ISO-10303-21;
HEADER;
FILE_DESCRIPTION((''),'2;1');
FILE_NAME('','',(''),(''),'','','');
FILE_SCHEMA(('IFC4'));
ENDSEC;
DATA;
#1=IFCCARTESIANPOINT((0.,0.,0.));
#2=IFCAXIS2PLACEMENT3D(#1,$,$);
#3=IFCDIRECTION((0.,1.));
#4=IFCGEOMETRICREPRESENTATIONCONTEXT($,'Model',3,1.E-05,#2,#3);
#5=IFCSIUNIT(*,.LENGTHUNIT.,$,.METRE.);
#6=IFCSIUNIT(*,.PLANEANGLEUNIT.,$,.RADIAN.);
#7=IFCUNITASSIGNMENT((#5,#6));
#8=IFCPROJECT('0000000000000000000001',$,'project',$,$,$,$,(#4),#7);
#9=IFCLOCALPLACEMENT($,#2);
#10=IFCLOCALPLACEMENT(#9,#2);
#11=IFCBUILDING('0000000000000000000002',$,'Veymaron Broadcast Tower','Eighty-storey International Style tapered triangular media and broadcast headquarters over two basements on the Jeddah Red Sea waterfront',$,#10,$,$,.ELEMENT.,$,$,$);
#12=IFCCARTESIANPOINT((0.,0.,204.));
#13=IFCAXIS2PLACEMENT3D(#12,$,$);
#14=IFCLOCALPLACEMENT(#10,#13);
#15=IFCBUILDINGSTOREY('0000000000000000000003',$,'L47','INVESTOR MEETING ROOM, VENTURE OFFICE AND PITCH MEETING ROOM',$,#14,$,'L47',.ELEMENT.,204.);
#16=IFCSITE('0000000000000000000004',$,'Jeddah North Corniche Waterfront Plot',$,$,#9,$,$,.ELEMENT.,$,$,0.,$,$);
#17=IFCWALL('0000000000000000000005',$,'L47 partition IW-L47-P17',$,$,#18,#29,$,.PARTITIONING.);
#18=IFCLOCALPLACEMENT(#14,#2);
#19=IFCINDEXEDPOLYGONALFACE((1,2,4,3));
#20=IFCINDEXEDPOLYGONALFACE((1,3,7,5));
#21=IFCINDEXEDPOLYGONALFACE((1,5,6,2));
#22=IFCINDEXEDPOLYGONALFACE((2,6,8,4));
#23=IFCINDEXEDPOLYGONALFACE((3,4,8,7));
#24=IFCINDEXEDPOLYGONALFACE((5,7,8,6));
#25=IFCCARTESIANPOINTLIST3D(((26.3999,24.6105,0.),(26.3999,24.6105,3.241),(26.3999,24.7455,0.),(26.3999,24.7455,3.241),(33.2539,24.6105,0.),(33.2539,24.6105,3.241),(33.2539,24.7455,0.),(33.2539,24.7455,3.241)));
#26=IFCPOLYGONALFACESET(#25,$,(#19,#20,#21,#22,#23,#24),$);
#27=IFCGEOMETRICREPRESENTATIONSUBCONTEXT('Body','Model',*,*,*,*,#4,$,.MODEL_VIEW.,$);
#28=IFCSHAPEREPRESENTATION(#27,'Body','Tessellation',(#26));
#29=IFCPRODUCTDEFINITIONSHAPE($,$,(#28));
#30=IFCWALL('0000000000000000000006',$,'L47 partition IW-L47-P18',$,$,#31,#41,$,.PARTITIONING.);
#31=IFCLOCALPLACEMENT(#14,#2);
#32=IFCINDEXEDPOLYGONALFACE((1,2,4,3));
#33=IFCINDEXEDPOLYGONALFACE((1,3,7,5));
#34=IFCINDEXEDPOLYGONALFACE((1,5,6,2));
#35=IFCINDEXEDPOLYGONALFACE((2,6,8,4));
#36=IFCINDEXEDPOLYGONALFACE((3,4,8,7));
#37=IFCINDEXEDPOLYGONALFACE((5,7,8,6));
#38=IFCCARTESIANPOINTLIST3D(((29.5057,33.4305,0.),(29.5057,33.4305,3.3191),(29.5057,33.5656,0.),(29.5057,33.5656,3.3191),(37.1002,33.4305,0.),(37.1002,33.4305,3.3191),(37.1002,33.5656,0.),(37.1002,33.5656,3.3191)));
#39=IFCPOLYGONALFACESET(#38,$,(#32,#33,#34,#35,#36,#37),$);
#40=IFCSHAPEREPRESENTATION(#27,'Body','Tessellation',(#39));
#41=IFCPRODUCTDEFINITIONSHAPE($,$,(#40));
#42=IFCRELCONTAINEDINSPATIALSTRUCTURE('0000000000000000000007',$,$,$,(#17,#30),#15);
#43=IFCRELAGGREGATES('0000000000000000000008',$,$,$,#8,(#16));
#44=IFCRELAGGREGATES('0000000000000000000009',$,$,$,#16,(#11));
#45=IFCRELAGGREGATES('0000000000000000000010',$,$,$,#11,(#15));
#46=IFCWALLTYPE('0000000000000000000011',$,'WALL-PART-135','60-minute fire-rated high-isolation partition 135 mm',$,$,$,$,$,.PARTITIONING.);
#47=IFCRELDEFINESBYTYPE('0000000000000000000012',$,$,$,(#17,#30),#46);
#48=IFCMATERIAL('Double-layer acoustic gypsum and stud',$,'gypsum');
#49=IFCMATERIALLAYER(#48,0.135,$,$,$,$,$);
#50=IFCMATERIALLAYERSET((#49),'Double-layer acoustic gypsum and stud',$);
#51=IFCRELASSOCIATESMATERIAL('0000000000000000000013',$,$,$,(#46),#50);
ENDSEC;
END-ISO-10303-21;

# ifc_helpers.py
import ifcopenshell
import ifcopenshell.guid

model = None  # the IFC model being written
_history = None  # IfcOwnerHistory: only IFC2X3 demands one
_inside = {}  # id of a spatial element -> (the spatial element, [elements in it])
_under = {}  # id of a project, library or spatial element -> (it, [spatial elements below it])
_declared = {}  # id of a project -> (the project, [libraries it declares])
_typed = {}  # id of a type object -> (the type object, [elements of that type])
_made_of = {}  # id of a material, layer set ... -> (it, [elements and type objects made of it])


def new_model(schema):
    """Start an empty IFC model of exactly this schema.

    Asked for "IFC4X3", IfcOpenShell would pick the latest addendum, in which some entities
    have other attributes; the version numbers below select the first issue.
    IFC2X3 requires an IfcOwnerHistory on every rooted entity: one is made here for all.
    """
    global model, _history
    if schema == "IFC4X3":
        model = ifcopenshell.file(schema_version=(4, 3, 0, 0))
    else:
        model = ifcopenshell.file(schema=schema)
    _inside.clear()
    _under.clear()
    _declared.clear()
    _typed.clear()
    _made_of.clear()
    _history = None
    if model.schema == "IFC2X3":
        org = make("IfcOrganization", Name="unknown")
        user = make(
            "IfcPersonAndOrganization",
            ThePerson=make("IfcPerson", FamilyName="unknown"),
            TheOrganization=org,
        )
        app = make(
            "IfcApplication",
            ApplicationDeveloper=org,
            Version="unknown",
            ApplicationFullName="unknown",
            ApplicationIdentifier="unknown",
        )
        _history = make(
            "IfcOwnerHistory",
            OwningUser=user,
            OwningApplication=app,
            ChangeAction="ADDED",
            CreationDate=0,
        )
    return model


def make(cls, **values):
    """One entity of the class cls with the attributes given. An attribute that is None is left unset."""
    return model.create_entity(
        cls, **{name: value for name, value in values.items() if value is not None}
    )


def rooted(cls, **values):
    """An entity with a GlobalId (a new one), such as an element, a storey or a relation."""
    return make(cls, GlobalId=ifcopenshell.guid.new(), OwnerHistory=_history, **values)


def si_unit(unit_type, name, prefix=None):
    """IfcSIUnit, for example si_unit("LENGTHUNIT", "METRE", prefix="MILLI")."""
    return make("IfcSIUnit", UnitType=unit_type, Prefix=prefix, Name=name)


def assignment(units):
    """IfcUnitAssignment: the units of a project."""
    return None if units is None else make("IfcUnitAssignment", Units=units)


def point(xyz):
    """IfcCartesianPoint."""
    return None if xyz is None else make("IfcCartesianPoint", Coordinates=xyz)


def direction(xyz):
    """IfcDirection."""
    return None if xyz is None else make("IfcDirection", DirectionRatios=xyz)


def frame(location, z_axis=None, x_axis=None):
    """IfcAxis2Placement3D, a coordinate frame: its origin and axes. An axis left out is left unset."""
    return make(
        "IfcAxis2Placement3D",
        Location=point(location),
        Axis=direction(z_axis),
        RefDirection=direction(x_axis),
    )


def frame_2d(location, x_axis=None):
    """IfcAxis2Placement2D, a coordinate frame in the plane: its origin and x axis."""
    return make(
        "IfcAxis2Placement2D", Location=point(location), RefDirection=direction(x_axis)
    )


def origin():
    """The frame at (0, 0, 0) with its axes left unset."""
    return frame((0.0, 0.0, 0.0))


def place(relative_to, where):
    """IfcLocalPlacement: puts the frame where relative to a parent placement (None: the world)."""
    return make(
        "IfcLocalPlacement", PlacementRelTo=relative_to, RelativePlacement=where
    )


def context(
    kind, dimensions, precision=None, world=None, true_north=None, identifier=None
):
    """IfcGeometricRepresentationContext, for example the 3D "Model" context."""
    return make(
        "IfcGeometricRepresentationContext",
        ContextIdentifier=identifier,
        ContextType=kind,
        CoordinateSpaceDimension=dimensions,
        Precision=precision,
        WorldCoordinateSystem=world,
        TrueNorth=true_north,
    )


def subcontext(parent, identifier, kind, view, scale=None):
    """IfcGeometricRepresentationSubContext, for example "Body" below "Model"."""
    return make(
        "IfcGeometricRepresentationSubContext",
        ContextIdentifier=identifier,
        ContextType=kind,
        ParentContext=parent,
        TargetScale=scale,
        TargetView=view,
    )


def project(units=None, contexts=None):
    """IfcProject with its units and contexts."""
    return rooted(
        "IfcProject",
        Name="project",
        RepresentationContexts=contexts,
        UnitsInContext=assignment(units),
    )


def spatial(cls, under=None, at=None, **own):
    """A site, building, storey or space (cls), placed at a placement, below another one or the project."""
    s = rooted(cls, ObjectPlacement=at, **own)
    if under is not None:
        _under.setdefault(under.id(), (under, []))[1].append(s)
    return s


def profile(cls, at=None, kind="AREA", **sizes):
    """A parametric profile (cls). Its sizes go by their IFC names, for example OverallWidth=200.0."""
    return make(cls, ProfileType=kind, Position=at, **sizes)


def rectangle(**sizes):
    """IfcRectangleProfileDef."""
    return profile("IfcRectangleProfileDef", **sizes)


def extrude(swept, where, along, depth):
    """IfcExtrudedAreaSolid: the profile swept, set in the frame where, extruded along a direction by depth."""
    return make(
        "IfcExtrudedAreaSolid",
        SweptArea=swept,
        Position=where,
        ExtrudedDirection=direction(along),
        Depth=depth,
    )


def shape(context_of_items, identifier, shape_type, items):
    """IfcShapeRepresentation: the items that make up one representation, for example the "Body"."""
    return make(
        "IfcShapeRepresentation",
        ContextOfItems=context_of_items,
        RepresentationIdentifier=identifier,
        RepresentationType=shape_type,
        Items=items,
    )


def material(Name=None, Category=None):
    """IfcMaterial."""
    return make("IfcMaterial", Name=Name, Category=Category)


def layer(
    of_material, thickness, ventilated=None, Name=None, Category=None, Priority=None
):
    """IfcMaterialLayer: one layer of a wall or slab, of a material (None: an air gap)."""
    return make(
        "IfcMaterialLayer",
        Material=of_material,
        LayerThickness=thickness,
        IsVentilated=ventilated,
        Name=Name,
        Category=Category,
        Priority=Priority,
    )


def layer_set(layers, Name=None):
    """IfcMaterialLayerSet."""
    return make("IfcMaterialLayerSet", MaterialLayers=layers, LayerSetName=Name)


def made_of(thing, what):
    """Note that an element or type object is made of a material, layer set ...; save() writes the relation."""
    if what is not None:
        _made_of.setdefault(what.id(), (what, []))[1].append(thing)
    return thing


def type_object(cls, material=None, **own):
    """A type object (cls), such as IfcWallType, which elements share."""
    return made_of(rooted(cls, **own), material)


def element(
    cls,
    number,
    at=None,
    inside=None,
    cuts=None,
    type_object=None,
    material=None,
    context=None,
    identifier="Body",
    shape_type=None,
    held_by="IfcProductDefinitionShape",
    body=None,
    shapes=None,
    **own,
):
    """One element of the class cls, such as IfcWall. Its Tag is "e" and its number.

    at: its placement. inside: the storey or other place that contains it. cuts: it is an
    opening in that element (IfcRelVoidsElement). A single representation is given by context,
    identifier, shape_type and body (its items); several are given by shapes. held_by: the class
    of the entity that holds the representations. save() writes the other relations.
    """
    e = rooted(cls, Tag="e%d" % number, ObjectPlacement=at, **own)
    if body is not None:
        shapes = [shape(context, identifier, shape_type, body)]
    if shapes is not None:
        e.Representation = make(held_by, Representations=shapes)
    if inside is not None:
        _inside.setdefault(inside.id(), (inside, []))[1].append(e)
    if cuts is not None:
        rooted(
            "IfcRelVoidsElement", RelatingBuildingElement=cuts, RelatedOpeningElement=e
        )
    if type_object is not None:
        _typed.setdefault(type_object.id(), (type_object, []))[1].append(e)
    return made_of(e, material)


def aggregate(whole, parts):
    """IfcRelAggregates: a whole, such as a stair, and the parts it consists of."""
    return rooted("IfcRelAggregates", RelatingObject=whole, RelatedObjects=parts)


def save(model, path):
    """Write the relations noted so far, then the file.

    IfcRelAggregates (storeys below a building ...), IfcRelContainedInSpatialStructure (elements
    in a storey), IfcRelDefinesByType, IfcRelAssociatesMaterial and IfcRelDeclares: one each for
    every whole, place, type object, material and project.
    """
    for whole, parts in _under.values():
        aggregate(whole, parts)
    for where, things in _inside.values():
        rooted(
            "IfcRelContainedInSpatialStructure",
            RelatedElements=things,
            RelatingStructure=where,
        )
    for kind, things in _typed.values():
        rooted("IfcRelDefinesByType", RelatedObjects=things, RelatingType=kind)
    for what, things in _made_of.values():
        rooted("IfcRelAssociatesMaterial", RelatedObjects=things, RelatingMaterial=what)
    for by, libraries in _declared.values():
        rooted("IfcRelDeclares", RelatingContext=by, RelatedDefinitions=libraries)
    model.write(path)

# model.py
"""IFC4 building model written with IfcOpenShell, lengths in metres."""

from ifc_helpers import new_model, si_unit, direction, frame, frame_2d, origin, place, context, subcontext, project, spatial, rectangle, extrude, material, layer, layer_set, type_object, element, save


model = new_model("IFC4")

# Units and contexts
model_context = context("Model", 3, precision=1e-05, world=origin(), true_north=direction((0.0, 1.0)))
body_context = subcontext(model_context, "Body", "Model", "MODEL_VIEW")
ifc_project = project(units=[si_unit("LENGTHUNIT", "METRE"), si_unit("PLANEANGLEUNIT", "RADIAN")], contexts=[model_context])

# Site, building, storey
site_placement = place(None, origin())
site = spatial("IfcSite", under=ifc_project, at=site_placement, Name="Jeddah North Corniche Waterfront Plot", CompositionType="ELEMENT", RefElevation=0.0)
building_placement = place(site_placement, origin())
building = spatial("IfcBuilding", under=site, at=building_placement, Name="Veymaron Broadcast Tower", Description="Eighty-storey International Style tapered triangular media and broadcast headquarters over two basements on the Jeddah Red Sea waterfront", CompositionType="ELEMENT")
storey_placement = place(building_placement, frame((0.0, 0.0, 204.0)))
storey = spatial("IfcBuildingStorey", under=building, at=storey_placement, Name="L47", Description="INVESTOR MEETING ROOM, VENTURE OFFICE AND PITCH MEETING ROOM", LongName="L47", CompositionType="ELEMENT", Elevation=204.0)

# Walls
ifc_material_1 = material(Name="Double-layer acoustic gypsum and stud", Category="gypsum")
ifc_layer_1 = layer(ifc_material_1, 0.135)
ifc_layer_set_1 = layer_set([ifc_layer_1], Name="Double-layer acoustic gypsum and stud")
wall_type_1 = type_object("IfcWallType", Name="WALL-PART-135", Description="60-minute fire-rated high-isolation partition 135 mm", PredefinedType="PARTITIONING", material=ifc_layer_set_1)
wall_1_placement = place(storey_placement, frame((26.3999, 24.678, 0.0), z_axis=(0.0, 0.0, 1.0), x_axis=(1.0, 0.0, 0.0)))
element("IfcWall", 1, at=wall_1_placement, inside=storey, type_object=wall_type_1, Name="L47 partition IW-L47-P17", PredefinedType="PARTITIONING", context=body_context, shape_type="SweptSolid", body=[
    extrude(rectangle(XDim=6.854, YDim=0.135, at=frame_2d((3.427, 0.0))), origin(), (0.0, 0.0, 1.0), 3.241),
])
wall_2_placement = place(storey_placement, frame((29.5056, 33.498, 0.0), z_axis=(0.0, 0.0, 1.0), x_axis=(1.0, 0.0, 0.0)))
element("IfcWall", 2, at=wall_2_placement, inside=storey, type_object=wall_type_1, Name="L47 partition IW-L47-P18", PredefinedType="PARTITIONING", context=body_context, shape_type="SweptSolid", body=[
    extrude(rectangle(XDim=7.5945, YDim=0.135, at=frame_2d((3.7974, 0.0))), origin(), (0.0, 0.0, 1.0), 3.3191),
])

save(model, "model.ifc")
